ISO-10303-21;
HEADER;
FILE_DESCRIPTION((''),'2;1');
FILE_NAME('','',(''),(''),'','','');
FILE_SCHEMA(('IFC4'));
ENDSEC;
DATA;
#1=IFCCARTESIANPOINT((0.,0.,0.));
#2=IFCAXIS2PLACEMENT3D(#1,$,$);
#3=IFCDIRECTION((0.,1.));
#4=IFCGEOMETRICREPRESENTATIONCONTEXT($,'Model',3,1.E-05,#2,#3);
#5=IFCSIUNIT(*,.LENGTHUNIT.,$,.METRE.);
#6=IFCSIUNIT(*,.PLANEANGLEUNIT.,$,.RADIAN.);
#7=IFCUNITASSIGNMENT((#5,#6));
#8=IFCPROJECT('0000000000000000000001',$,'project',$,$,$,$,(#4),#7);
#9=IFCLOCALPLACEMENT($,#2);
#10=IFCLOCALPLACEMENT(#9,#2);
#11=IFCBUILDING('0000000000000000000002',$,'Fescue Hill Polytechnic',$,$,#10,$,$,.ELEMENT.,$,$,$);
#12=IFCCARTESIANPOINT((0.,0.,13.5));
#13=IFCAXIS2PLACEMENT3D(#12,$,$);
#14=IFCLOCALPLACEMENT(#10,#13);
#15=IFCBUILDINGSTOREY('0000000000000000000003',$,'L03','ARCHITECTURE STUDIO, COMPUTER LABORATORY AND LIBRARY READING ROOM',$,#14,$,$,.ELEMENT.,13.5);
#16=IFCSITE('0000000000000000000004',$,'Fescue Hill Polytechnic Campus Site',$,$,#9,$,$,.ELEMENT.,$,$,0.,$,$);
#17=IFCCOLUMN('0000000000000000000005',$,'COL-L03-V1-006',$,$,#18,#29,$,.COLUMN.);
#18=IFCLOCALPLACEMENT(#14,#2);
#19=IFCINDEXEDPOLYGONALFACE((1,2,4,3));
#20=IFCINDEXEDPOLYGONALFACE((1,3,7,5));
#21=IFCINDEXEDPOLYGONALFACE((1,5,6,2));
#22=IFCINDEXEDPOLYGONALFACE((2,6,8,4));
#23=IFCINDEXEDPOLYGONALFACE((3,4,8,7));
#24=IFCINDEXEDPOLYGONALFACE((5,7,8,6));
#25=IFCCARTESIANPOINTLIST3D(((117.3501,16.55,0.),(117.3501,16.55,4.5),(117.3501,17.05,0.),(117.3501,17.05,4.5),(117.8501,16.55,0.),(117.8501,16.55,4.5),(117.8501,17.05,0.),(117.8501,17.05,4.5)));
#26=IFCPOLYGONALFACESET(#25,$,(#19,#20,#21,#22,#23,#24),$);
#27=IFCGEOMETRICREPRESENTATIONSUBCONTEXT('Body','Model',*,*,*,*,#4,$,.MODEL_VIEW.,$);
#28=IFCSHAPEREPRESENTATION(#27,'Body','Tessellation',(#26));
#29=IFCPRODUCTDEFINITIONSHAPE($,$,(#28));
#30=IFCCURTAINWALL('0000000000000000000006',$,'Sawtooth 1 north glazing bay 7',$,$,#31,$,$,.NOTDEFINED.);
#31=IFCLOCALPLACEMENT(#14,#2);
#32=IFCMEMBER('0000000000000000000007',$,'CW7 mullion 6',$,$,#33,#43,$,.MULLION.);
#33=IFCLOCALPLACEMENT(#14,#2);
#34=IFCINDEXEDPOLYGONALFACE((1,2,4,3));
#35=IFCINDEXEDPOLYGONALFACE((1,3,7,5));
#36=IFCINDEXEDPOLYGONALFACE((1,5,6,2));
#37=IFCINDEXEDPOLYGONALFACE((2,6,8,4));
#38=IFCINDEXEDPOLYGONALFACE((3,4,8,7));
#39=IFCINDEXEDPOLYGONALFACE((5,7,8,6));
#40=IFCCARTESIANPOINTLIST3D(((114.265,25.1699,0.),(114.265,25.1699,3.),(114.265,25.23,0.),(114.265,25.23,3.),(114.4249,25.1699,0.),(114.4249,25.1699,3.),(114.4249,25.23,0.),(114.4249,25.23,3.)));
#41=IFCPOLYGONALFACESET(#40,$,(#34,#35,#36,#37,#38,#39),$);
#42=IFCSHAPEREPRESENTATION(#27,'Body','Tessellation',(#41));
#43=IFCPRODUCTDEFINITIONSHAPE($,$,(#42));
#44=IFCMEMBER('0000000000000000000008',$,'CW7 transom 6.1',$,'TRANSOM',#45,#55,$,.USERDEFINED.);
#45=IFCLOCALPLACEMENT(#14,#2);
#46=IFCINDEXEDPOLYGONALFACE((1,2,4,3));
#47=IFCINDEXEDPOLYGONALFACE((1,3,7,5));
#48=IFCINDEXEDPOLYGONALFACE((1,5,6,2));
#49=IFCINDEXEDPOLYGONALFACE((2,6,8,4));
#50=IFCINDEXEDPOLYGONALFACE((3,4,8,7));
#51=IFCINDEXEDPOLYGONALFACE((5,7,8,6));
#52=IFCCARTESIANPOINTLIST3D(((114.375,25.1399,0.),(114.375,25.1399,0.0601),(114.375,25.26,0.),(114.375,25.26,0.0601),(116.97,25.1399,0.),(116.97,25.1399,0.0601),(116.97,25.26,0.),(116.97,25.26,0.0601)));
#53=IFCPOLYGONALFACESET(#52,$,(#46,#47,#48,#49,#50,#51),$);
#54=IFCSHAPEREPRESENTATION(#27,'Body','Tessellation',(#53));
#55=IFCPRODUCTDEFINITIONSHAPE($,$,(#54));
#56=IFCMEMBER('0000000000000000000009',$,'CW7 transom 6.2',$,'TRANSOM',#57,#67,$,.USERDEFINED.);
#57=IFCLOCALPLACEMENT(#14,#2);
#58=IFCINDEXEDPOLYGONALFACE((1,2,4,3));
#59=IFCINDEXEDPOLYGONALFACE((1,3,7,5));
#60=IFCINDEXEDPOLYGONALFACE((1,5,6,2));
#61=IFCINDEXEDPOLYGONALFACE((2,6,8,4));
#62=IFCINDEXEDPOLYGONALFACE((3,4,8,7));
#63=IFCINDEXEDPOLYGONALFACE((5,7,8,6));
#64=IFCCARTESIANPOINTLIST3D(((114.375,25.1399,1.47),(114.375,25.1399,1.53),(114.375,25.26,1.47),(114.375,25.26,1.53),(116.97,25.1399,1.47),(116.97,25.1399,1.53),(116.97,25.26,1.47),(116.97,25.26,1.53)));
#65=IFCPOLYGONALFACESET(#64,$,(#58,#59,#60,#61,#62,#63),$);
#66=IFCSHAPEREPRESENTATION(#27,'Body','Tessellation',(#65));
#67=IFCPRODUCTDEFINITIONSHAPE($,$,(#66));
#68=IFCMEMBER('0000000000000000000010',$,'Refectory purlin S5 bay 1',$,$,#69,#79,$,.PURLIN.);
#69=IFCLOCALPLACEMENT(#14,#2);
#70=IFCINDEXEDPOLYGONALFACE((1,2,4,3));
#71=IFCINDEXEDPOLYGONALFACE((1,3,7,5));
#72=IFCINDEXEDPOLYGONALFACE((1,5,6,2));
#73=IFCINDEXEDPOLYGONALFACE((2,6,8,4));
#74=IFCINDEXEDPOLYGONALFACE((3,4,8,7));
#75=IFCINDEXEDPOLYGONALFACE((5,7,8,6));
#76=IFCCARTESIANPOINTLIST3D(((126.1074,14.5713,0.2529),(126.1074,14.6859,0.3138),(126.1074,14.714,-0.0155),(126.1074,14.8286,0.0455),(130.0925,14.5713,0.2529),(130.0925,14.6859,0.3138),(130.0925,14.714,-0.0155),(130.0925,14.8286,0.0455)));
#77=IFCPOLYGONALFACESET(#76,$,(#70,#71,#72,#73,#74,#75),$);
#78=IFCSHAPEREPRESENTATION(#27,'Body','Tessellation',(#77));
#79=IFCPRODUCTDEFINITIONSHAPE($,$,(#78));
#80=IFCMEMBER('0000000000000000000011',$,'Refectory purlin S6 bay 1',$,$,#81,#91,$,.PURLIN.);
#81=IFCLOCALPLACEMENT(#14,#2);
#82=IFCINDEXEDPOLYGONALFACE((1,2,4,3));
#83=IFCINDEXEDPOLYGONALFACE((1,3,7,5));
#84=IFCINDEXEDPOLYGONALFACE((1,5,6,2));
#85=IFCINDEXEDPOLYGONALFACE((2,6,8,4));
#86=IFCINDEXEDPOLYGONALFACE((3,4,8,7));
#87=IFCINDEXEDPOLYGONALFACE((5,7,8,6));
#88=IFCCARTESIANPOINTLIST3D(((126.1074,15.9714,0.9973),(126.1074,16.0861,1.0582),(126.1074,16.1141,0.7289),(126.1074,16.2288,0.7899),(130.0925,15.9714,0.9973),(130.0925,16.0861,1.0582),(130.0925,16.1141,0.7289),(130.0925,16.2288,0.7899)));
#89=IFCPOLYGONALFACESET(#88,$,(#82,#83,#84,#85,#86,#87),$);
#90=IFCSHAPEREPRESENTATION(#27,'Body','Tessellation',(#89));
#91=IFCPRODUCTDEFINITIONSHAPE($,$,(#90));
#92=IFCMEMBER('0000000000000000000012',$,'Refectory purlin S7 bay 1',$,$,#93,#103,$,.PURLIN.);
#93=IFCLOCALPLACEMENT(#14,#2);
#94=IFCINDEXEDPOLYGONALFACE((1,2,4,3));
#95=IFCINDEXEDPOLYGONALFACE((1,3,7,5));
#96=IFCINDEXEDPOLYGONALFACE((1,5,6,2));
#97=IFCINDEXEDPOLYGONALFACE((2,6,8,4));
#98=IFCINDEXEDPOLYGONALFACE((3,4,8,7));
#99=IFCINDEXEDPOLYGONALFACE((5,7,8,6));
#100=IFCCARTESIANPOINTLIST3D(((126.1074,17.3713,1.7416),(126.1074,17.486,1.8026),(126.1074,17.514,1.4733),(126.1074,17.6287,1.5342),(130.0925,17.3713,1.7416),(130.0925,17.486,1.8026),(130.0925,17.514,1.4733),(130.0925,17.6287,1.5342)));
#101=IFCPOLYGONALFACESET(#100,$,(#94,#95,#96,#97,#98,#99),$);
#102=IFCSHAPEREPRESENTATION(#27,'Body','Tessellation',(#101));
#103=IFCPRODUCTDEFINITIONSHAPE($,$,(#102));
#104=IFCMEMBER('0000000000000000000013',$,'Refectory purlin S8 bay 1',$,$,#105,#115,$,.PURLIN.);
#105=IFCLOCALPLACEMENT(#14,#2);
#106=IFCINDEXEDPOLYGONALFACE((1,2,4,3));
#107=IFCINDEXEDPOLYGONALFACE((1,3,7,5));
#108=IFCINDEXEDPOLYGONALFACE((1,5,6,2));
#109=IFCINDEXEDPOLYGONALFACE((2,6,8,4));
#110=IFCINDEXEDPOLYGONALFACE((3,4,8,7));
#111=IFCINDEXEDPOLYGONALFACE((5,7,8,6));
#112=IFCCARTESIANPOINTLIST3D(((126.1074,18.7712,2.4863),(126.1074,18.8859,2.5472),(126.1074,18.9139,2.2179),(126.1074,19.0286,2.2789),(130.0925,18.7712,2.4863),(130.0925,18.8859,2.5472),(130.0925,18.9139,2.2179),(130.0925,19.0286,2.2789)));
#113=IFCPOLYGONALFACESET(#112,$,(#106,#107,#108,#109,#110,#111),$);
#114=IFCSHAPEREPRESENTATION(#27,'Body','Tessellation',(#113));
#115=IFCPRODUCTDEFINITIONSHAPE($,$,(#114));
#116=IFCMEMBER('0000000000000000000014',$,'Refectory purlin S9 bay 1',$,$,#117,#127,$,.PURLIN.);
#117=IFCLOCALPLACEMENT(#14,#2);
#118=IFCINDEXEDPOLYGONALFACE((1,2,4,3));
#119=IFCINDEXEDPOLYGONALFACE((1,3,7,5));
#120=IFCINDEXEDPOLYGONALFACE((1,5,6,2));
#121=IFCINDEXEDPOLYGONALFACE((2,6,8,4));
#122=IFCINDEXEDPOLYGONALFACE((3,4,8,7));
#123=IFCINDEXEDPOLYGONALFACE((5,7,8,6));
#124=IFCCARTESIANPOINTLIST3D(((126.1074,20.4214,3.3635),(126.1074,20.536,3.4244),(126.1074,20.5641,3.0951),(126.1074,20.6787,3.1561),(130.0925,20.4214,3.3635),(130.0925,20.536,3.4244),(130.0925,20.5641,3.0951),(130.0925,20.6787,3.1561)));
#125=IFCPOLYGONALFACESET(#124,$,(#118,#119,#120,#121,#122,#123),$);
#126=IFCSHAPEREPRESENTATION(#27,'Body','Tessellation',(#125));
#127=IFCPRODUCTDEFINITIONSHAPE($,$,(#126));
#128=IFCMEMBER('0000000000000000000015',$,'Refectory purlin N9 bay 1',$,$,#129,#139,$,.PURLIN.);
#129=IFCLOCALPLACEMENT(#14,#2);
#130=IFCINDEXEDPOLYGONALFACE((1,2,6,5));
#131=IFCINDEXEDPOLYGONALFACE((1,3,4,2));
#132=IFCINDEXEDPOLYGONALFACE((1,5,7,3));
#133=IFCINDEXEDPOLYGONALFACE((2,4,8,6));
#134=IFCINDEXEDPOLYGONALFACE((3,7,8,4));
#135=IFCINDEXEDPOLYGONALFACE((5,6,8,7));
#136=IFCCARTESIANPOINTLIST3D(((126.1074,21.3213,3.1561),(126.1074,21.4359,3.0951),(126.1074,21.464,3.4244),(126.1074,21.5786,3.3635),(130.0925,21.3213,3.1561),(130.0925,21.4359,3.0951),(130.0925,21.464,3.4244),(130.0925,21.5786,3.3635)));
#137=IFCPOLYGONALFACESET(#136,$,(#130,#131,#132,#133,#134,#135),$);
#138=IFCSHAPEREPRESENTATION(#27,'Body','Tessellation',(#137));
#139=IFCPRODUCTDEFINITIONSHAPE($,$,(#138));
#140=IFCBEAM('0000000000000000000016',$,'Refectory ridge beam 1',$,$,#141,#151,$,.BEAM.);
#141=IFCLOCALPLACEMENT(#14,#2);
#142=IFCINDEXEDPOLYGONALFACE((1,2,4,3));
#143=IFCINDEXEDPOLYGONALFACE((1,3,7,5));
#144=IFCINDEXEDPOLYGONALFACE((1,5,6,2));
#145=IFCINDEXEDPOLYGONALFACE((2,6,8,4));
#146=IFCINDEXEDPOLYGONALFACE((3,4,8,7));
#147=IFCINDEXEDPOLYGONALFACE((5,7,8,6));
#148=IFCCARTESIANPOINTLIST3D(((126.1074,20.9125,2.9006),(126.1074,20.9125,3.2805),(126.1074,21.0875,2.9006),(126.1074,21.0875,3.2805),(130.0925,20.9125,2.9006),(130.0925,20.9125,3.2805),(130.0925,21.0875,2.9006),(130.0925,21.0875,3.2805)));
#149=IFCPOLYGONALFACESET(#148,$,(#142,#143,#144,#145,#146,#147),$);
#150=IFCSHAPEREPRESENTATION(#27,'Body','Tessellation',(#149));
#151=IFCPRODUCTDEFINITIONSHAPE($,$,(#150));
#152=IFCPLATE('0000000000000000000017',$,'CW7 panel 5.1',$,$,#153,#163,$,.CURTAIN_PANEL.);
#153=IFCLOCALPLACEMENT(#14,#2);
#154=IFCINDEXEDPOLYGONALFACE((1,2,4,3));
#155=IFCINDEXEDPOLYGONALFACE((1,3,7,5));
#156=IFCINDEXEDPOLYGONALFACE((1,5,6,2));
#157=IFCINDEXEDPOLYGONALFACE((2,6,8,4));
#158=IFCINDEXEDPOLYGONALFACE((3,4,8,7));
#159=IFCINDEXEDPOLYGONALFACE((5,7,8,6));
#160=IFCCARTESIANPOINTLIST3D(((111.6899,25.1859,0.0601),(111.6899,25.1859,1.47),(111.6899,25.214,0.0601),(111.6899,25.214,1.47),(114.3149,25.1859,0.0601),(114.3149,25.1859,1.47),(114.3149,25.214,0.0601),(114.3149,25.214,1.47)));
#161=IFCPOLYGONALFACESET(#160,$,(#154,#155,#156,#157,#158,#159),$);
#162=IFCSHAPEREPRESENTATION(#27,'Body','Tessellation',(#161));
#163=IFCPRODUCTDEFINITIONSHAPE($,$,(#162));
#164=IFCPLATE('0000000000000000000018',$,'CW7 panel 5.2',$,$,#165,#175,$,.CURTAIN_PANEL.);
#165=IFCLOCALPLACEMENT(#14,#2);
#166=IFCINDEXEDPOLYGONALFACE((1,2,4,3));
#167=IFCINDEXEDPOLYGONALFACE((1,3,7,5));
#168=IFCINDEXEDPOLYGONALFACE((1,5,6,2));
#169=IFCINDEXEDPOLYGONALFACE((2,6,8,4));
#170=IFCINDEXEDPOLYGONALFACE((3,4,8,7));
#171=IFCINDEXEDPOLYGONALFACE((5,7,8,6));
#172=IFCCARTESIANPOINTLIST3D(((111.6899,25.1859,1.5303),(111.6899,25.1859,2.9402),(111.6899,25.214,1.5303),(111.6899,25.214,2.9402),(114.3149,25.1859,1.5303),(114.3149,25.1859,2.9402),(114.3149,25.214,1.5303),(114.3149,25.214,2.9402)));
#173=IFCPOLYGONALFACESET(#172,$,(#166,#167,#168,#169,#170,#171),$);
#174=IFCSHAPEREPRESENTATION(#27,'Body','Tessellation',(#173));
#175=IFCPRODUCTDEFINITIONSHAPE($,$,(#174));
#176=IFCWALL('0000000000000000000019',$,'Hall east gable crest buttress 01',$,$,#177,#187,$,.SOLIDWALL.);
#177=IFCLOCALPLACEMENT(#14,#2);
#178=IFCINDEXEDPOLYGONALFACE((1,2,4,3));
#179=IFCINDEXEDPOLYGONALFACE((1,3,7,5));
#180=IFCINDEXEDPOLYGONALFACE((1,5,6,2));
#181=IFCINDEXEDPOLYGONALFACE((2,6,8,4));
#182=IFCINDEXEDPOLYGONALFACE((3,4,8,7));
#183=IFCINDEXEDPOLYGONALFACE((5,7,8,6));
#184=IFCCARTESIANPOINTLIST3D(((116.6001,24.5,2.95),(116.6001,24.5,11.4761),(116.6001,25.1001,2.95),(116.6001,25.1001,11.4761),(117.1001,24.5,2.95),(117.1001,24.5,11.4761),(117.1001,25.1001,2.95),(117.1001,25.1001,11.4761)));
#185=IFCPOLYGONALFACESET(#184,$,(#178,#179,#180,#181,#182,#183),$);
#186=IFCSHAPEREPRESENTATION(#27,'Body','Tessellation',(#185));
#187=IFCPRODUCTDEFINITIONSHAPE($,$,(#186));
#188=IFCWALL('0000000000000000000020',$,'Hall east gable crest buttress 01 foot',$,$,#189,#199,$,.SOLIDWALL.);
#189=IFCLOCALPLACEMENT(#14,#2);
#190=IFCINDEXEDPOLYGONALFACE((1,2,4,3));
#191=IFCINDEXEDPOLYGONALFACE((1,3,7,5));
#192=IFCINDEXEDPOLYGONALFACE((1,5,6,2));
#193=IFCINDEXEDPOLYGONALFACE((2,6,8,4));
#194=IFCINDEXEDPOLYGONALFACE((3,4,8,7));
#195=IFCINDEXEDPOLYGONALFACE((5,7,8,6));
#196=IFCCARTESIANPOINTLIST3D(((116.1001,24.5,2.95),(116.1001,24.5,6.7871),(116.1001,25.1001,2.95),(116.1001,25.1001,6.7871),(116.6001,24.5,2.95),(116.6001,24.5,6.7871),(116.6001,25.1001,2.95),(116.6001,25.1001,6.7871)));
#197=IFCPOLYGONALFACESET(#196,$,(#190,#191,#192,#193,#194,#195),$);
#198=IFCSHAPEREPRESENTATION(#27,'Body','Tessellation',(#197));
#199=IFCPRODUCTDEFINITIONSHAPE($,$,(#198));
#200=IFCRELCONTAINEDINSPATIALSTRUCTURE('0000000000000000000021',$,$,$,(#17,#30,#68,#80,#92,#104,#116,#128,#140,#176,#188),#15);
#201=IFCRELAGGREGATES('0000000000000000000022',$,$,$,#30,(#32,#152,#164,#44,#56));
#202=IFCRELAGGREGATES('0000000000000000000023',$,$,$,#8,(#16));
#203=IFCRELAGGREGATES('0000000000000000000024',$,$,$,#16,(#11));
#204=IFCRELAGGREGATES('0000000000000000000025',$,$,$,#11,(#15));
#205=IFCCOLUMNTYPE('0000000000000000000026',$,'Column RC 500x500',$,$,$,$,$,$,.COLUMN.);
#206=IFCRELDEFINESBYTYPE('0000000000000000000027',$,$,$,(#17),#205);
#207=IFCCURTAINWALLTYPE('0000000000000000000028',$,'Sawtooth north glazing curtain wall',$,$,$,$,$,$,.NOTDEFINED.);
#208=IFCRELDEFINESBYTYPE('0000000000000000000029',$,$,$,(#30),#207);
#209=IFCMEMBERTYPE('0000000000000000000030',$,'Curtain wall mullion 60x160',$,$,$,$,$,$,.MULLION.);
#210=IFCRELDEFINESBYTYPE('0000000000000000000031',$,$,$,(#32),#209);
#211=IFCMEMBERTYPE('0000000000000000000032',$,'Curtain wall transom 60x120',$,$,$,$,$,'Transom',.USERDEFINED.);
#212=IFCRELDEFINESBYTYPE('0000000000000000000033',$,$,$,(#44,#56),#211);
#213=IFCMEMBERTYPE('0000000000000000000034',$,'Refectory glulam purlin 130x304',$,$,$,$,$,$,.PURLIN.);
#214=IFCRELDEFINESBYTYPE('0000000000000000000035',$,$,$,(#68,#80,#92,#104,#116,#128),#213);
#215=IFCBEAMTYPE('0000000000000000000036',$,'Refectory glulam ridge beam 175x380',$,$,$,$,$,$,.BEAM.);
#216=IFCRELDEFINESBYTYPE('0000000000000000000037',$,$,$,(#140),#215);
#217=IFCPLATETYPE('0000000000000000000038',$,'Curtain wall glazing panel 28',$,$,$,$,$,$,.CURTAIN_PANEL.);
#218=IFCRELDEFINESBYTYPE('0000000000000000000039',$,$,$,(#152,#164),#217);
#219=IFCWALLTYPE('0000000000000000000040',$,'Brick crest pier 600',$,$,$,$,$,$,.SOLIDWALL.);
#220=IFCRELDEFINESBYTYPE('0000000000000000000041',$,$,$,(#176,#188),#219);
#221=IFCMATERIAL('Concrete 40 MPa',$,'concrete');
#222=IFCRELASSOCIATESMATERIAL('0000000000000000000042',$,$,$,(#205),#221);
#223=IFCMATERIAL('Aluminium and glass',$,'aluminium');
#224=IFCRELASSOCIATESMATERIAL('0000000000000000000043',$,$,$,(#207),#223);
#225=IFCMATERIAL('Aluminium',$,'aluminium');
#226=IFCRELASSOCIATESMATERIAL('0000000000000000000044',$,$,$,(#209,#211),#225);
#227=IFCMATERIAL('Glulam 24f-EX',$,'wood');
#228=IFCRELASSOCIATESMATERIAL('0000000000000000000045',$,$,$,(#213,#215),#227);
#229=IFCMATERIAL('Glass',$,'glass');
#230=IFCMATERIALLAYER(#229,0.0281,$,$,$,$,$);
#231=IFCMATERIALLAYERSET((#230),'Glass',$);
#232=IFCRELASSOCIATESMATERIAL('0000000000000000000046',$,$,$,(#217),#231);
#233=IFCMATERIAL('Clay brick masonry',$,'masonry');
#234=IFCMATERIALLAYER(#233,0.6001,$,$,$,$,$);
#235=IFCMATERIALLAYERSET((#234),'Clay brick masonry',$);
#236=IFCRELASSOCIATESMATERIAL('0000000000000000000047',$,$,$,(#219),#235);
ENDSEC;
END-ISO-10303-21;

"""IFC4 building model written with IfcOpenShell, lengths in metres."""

from ifc_helpers import new_model, si_unit, direction, frame, frame_2d, origin, origin_2d, place, context, subcontext, project, spatial, rectangle, extrude, material, layer, layer_set, material_profile, profile_set, type_object, element, aggregate, save


model = new_model("IFC4")

# Units and contexts
model_context = context("Model", 3, precision=1e-05, world=origin(), true_north=direction((0.0, 1.0)))
body_context = subcontext(model_context, "Body", "Model", "MODEL_VIEW")
ifc_project = project(units=[si_unit("LENGTHUNIT", "METRE"), si_unit("PLANEANGLEUNIT", "RADIAN")], contexts=[model_context])

# Site, building, storey
site_placement = place(None, origin())
site = spatial("IfcSite", under=ifc_project, at=site_placement, Name="Fescue Hill Polytechnic Campus Site", CompositionType="ELEMENT", RefElevation=0.0)
building_placement = place(site_placement, origin())
building = spatial("IfcBuilding", under=site, at=building_placement, Name="Fescue Hill Polytechnic", CompositionType="ELEMENT")
storey_placement = place(building_placement, frame((0.0, 0.0, 13.5)))
storey = spatial("IfcBuildingStorey", under=building, at=storey_placement, Name="L03", Description="ARCHITECTURE STUDIO, COMPUTER LABORATORY AND LIBRARY READING ROOM", CompositionType="ELEMENT", Elevation=13.5)

# Column
ifc_material_1 = material(Name="Concrete 40 MPa", Category="concrete")
ifc_material_profile_1 = material_profile(ifc_material_1, rectangle(XDim=0.5, YDim=0.5, at=origin_2d()), Name="RC 500x500")
ifc_profile_set_1 = profile_set([ifc_material_profile_1], Name="Concrete 40 MPa")
column_type = type_object("IfcColumnType", Name="Column RC 500x500", PredefinedType="COLUMN", material=ifc_profile_set_1)
column_placement = place(storey_placement, frame((117.6001, 16.8, 0.0), z_axis=(0.0, 0.0, 1.0), x_axis=(1.0, 0.0, 0.0)))
element("IfcColumn", 1, at=column_placement, inside=storey, type_object=column_type, Name="COL-L03-V1-006", PredefinedType="COLUMN", context=body_context, shape_type="SweptSolid", body=[
    extrude(rectangle(XDim=0.5, YDim=0.5, at=origin_2d()), origin(), (0.0, 0.0, 1.0), 4.5),
])

# Curtain wall, members
ifc_material_2 = material(Name="Aluminium and glass", Category="aluminium")
curtain_wall_type = type_object("IfcCurtainWallType", Name="Sawtooth north glazing curtain wall", PredefinedType="NOTDEFINED", material=ifc_material_2)
curtain_wall_placement = place(storey_placement, origin())
curtain_wall = element("IfcCurtainWall", 2, at=curtain_wall_placement, inside=storey, type_object=curtain_wall_type, Name="Sawtooth 1 north glazing bay 7", PredefinedType="NOTDEFINED")
ifc_material_3 = material(Name="Aluminium", Category="aluminium")
ifc_material_profile_2 = material_profile(ifc_material_3, rectangle(XDim=0.0601, YDim=0.1599, at=origin_2d()), Name="Curtain wall mullion 60x160")
ifc_profile_set_2 = profile_set([ifc_material_profile_2], Name="Aluminium")
member_type_1 = type_object("IfcMemberType", Name="Curtain wall mullion 60x160", PredefinedType="MULLION", material=ifc_profile_set_2)
member_1_placement = place(storey_placement, frame((114.345, 25.2, 0.0), z_axis=(0.0, 0.0, 1.0), x_axis=(0.0, 1.0, 0.0)))
member_1 = element("IfcMember", 3, at=member_1_placement, type_object=member_type_1, Name="CW7 mullion 6", PredefinedType="MULLION", context=body_context, shape_type="SweptSolid", body=[
    extrude(rectangle(XDim=0.0601, YDim=0.1599, at=origin_2d()), origin(), (0.0, 0.0, 1.0), 3.0),
])
ifc_material_profile_3 = material_profile(ifc_material_3, rectangle(XDim=0.1201, YDim=0.0601, at=origin_2d()), Name="Curtain wall transom 60x120")
ifc_profile_set_3 = profile_set([ifc_material_profile_3], Name="Aluminium")
member_type_2 = type_object("IfcMemberType", Name="Curtain wall transom 60x120", ElementType="Transom", PredefinedType="USERDEFINED", material=ifc_profile_set_3)
member_2_placement = place(storey_placement, frame((114.375, 25.2, 0.03), z_axis=(1.0, 0.0, 0.0), x_axis=(0.0, 1.0, 0.0)))
member_2 = element("IfcMember", 4, at=member_2_placement, type_object=member_type_2, Name="CW7 transom 6.1", ObjectType="TRANSOM", PredefinedType="USERDEFINED", context=body_context, shape_type="SweptSolid", body=[
    extrude(rectangle(XDim=0.1201, YDim=0.0601, at=origin_2d()), origin(), (0.0, 0.0, 1.0), 2.595),
])
member_3_placement = place(storey_placement, frame((114.375, 25.2, 1.5), z_axis=(1.0, 0.0, 0.0), x_axis=(0.0, 1.0, 0.0)))
member_3 = element("IfcMember", 5, at=member_3_placement, type_object=member_type_2, Name="CW7 transom 6.2", ObjectType="TRANSOM", PredefinedType="USERDEFINED", context=body_context, shape_type="SweptSolid", body=[
    extrude(rectangle(XDim=0.1201, YDim=0.0601, at=origin_2d()), origin(), (0.0, 0.0, 1.0), 2.595),
])

# Members
ifc_material_4 = material(Name="Glulam 24f-EX", Category="wood")
ifc_material_profile_4 = material_profile(ifc_material_4, rectangle(XDim=0.1299, YDim=0.304, at=origin_2d()), Name="Refectory glulam purlin 130x304")
ifc_profile_set_4 = profile_set([ifc_material_profile_4], Name="Glulam 24f-EX")
member_type_3 = type_object("IfcMemberType", Name="Refectory glulam purlin 130x304", PredefinedType="PURLIN", material=ifc_profile_set_4)
for number, where, z_axis, x_axis, name in (
    (6, (126.1074, 14.7, 0.1492), (1.0, 0.0, 0.0), (0.0, 0.882934, 0.469497), "Refectory purlin S5 bay 1"),
    (7, (126.1074, 16.1001, 0.8936), (1.0, 0.0, 0.0), (0.0, 0.882934, 0.469497), "Refectory purlin S6 bay 1"),
    (8, (126.1074, 17.5, 1.6379), (1.0, 0.0, 0.0), (0.0, 0.882934, 0.469497), "Refectory purlin S7 bay 1"),
    (9, (126.1074, 18.8999, 2.3826), (1.0, 0.0, 0.0), (0.0, 0.882934, 0.469497), "Refectory purlin S8 bay 1"),
    (10, (126.1074, 20.55, 3.2598), (1.0, 0.0, 0.0), (0.0, 0.882934, 0.469497), "Refectory purlin S9 bay 1"),
    (11, (126.1074, 21.45, 3.2598), (1.0, 0.0, 0.0), (0.0, 0.882934, -0.469497), "Refectory purlin N9 bay 1"),
):
    element("IfcMember", number, at=place(storey_placement, frame(where, z_axis=z_axis, x_axis=x_axis)), inside=storey, type_object=member_type_3, Name=name, PredefinedType="PURLIN", context=body_context, shape_type="SweptSolid", body=[
        extrude(rectangle(XDim=0.1299, YDim=0.304, at=origin_2d()), origin(), (0.0, 0.0, 1.0), 3.9851),
    ])

# Beam
ifc_material_profile_5 = material_profile(ifc_material_4, rectangle(XDim=0.175, YDim=0.3799, at=origin_2d()), Name="Refectory glulam ridge beam 175x380")
ifc_profile_set_5 = profile_set([ifc_material_profile_5], Name="Glulam 24f-EX")
beam_type = type_object("IfcBeamType", Name="Refectory glulam ridge beam 175x380", PredefinedType="BEAM", material=ifc_profile_set_5)
beam_placement = place(storey_placement, frame((126.1074, 21.0, 3.0906), z_axis=(1.0, 0.0, 0.0), x_axis=(0.0, 1.0, 0.0)))
element("IfcBeam", 12, at=beam_placement, inside=storey, type_object=beam_type, Name="Refectory ridge beam 1", PredefinedType="BEAM", context=body_context, shape_type="SweptSolid", body=[
    extrude(rectangle(XDim=0.175, YDim=0.3799, at=origin_2d()), origin(), (0.0, 0.0, 1.0), 3.9851),
])

# Plates
ifc_material_5 = material(Name="Glass", Category="glass")
ifc_layer_1 = layer(ifc_material_5, 0.0281)
ifc_layer_set_1 = layer_set([ifc_layer_1], Name="Glass")
plate_type = type_object("IfcPlateType", Name="Curtain wall glazing panel 28", PredefinedType="CURTAIN_PANEL", material=ifc_layer_set_1)
plate_1_placement = place(storey_placement, frame((113.0024, 25.2, 0.0601), z_axis=(0.0, 0.0, 1.0), x_axis=(1.0, 0.0, 0.0)))
plate_1 = element("IfcPlate", 13, at=plate_1_placement, type_object=plate_type, Name="CW7 panel 5.1", PredefinedType="CURTAIN_PANEL", context=body_context, shape_type="SweptSolid", body=[
    extrude(rectangle(XDim=2.625, YDim=0.0281, at=origin_2d()), origin(), (0.0, 0.0, 1.0), 1.4099),
])
plate_2_placement = place(storey_placement, frame((113.0024, 25.2, 1.5303), z_axis=(0.0, 0.0, 1.0), x_axis=(1.0, 0.0, 0.0)))
plate_2 = element("IfcPlate", 14, at=plate_2_placement, type_object=plate_type, Name="CW7 panel 5.2", PredefinedType="CURTAIN_PANEL", context=body_context, shape_type="SweptSolid", body=[
    extrude(rectangle(XDim=2.625, YDim=0.0281, at=origin_2d()), origin(), (0.0, 0.0, 1.0), 1.4099),
])
aggregate(curtain_wall, [member_1, plate_1, plate_2, member_2, member_3])

# Walls
ifc_material_6 = material(Name="Clay brick masonry", Category="masonry")
ifc_layer_2 = layer(ifc_material_6, 0.6001)
ifc_layer_set_2 = layer_set([ifc_layer_2], Name="Clay brick masonry")
wall_type_1 = type_object("IfcWallType", Name="Brick crest pier 600", PredefinedType="SOLIDWALL", material=ifc_layer_set_2)
wall_1_placement = place(storey_placement, frame((117.1001, 24.8, 2.95), z_axis=(0.0, 0.0, 1.0), x_axis=(-1.0, 0.0, 0.0)))
element("IfcWall", 15, at=wall_1_placement, inside=storey, type_object=wall_type_1, Name="Hall east gable crest buttress 01", PredefinedType="SOLIDWALL", context=body_context, shape_type="SweptSolid", body=[
    extrude(rectangle(XDim=0.5, YDim=0.6001, at=frame_2d((0.25, 0.0))), origin(), (0.0, 0.0, 1.0), 8.5261),
])
wall_2_placement = place(storey_placement, frame((116.6001, 24.8, 2.95), z_axis=(0.0, 0.0, 1.0), x_axis=(-1.0, 0.0, 0.0)))
element("IfcWall", 16, at=wall_2_placement, inside=storey, type_object=wall_type_1, Name="Hall east gable crest buttress 01 foot", PredefinedType="SOLIDWALL", context=body_context, shape_type="SweptSolid", body=[
    extrude(rectangle(XDim=0.5, YDim=0.6001, at=frame_2d((0.25, 0.0))), origin(), (0.0, 0.0, 1.0), 3.8372),
])

save(model, "model.ifc")
